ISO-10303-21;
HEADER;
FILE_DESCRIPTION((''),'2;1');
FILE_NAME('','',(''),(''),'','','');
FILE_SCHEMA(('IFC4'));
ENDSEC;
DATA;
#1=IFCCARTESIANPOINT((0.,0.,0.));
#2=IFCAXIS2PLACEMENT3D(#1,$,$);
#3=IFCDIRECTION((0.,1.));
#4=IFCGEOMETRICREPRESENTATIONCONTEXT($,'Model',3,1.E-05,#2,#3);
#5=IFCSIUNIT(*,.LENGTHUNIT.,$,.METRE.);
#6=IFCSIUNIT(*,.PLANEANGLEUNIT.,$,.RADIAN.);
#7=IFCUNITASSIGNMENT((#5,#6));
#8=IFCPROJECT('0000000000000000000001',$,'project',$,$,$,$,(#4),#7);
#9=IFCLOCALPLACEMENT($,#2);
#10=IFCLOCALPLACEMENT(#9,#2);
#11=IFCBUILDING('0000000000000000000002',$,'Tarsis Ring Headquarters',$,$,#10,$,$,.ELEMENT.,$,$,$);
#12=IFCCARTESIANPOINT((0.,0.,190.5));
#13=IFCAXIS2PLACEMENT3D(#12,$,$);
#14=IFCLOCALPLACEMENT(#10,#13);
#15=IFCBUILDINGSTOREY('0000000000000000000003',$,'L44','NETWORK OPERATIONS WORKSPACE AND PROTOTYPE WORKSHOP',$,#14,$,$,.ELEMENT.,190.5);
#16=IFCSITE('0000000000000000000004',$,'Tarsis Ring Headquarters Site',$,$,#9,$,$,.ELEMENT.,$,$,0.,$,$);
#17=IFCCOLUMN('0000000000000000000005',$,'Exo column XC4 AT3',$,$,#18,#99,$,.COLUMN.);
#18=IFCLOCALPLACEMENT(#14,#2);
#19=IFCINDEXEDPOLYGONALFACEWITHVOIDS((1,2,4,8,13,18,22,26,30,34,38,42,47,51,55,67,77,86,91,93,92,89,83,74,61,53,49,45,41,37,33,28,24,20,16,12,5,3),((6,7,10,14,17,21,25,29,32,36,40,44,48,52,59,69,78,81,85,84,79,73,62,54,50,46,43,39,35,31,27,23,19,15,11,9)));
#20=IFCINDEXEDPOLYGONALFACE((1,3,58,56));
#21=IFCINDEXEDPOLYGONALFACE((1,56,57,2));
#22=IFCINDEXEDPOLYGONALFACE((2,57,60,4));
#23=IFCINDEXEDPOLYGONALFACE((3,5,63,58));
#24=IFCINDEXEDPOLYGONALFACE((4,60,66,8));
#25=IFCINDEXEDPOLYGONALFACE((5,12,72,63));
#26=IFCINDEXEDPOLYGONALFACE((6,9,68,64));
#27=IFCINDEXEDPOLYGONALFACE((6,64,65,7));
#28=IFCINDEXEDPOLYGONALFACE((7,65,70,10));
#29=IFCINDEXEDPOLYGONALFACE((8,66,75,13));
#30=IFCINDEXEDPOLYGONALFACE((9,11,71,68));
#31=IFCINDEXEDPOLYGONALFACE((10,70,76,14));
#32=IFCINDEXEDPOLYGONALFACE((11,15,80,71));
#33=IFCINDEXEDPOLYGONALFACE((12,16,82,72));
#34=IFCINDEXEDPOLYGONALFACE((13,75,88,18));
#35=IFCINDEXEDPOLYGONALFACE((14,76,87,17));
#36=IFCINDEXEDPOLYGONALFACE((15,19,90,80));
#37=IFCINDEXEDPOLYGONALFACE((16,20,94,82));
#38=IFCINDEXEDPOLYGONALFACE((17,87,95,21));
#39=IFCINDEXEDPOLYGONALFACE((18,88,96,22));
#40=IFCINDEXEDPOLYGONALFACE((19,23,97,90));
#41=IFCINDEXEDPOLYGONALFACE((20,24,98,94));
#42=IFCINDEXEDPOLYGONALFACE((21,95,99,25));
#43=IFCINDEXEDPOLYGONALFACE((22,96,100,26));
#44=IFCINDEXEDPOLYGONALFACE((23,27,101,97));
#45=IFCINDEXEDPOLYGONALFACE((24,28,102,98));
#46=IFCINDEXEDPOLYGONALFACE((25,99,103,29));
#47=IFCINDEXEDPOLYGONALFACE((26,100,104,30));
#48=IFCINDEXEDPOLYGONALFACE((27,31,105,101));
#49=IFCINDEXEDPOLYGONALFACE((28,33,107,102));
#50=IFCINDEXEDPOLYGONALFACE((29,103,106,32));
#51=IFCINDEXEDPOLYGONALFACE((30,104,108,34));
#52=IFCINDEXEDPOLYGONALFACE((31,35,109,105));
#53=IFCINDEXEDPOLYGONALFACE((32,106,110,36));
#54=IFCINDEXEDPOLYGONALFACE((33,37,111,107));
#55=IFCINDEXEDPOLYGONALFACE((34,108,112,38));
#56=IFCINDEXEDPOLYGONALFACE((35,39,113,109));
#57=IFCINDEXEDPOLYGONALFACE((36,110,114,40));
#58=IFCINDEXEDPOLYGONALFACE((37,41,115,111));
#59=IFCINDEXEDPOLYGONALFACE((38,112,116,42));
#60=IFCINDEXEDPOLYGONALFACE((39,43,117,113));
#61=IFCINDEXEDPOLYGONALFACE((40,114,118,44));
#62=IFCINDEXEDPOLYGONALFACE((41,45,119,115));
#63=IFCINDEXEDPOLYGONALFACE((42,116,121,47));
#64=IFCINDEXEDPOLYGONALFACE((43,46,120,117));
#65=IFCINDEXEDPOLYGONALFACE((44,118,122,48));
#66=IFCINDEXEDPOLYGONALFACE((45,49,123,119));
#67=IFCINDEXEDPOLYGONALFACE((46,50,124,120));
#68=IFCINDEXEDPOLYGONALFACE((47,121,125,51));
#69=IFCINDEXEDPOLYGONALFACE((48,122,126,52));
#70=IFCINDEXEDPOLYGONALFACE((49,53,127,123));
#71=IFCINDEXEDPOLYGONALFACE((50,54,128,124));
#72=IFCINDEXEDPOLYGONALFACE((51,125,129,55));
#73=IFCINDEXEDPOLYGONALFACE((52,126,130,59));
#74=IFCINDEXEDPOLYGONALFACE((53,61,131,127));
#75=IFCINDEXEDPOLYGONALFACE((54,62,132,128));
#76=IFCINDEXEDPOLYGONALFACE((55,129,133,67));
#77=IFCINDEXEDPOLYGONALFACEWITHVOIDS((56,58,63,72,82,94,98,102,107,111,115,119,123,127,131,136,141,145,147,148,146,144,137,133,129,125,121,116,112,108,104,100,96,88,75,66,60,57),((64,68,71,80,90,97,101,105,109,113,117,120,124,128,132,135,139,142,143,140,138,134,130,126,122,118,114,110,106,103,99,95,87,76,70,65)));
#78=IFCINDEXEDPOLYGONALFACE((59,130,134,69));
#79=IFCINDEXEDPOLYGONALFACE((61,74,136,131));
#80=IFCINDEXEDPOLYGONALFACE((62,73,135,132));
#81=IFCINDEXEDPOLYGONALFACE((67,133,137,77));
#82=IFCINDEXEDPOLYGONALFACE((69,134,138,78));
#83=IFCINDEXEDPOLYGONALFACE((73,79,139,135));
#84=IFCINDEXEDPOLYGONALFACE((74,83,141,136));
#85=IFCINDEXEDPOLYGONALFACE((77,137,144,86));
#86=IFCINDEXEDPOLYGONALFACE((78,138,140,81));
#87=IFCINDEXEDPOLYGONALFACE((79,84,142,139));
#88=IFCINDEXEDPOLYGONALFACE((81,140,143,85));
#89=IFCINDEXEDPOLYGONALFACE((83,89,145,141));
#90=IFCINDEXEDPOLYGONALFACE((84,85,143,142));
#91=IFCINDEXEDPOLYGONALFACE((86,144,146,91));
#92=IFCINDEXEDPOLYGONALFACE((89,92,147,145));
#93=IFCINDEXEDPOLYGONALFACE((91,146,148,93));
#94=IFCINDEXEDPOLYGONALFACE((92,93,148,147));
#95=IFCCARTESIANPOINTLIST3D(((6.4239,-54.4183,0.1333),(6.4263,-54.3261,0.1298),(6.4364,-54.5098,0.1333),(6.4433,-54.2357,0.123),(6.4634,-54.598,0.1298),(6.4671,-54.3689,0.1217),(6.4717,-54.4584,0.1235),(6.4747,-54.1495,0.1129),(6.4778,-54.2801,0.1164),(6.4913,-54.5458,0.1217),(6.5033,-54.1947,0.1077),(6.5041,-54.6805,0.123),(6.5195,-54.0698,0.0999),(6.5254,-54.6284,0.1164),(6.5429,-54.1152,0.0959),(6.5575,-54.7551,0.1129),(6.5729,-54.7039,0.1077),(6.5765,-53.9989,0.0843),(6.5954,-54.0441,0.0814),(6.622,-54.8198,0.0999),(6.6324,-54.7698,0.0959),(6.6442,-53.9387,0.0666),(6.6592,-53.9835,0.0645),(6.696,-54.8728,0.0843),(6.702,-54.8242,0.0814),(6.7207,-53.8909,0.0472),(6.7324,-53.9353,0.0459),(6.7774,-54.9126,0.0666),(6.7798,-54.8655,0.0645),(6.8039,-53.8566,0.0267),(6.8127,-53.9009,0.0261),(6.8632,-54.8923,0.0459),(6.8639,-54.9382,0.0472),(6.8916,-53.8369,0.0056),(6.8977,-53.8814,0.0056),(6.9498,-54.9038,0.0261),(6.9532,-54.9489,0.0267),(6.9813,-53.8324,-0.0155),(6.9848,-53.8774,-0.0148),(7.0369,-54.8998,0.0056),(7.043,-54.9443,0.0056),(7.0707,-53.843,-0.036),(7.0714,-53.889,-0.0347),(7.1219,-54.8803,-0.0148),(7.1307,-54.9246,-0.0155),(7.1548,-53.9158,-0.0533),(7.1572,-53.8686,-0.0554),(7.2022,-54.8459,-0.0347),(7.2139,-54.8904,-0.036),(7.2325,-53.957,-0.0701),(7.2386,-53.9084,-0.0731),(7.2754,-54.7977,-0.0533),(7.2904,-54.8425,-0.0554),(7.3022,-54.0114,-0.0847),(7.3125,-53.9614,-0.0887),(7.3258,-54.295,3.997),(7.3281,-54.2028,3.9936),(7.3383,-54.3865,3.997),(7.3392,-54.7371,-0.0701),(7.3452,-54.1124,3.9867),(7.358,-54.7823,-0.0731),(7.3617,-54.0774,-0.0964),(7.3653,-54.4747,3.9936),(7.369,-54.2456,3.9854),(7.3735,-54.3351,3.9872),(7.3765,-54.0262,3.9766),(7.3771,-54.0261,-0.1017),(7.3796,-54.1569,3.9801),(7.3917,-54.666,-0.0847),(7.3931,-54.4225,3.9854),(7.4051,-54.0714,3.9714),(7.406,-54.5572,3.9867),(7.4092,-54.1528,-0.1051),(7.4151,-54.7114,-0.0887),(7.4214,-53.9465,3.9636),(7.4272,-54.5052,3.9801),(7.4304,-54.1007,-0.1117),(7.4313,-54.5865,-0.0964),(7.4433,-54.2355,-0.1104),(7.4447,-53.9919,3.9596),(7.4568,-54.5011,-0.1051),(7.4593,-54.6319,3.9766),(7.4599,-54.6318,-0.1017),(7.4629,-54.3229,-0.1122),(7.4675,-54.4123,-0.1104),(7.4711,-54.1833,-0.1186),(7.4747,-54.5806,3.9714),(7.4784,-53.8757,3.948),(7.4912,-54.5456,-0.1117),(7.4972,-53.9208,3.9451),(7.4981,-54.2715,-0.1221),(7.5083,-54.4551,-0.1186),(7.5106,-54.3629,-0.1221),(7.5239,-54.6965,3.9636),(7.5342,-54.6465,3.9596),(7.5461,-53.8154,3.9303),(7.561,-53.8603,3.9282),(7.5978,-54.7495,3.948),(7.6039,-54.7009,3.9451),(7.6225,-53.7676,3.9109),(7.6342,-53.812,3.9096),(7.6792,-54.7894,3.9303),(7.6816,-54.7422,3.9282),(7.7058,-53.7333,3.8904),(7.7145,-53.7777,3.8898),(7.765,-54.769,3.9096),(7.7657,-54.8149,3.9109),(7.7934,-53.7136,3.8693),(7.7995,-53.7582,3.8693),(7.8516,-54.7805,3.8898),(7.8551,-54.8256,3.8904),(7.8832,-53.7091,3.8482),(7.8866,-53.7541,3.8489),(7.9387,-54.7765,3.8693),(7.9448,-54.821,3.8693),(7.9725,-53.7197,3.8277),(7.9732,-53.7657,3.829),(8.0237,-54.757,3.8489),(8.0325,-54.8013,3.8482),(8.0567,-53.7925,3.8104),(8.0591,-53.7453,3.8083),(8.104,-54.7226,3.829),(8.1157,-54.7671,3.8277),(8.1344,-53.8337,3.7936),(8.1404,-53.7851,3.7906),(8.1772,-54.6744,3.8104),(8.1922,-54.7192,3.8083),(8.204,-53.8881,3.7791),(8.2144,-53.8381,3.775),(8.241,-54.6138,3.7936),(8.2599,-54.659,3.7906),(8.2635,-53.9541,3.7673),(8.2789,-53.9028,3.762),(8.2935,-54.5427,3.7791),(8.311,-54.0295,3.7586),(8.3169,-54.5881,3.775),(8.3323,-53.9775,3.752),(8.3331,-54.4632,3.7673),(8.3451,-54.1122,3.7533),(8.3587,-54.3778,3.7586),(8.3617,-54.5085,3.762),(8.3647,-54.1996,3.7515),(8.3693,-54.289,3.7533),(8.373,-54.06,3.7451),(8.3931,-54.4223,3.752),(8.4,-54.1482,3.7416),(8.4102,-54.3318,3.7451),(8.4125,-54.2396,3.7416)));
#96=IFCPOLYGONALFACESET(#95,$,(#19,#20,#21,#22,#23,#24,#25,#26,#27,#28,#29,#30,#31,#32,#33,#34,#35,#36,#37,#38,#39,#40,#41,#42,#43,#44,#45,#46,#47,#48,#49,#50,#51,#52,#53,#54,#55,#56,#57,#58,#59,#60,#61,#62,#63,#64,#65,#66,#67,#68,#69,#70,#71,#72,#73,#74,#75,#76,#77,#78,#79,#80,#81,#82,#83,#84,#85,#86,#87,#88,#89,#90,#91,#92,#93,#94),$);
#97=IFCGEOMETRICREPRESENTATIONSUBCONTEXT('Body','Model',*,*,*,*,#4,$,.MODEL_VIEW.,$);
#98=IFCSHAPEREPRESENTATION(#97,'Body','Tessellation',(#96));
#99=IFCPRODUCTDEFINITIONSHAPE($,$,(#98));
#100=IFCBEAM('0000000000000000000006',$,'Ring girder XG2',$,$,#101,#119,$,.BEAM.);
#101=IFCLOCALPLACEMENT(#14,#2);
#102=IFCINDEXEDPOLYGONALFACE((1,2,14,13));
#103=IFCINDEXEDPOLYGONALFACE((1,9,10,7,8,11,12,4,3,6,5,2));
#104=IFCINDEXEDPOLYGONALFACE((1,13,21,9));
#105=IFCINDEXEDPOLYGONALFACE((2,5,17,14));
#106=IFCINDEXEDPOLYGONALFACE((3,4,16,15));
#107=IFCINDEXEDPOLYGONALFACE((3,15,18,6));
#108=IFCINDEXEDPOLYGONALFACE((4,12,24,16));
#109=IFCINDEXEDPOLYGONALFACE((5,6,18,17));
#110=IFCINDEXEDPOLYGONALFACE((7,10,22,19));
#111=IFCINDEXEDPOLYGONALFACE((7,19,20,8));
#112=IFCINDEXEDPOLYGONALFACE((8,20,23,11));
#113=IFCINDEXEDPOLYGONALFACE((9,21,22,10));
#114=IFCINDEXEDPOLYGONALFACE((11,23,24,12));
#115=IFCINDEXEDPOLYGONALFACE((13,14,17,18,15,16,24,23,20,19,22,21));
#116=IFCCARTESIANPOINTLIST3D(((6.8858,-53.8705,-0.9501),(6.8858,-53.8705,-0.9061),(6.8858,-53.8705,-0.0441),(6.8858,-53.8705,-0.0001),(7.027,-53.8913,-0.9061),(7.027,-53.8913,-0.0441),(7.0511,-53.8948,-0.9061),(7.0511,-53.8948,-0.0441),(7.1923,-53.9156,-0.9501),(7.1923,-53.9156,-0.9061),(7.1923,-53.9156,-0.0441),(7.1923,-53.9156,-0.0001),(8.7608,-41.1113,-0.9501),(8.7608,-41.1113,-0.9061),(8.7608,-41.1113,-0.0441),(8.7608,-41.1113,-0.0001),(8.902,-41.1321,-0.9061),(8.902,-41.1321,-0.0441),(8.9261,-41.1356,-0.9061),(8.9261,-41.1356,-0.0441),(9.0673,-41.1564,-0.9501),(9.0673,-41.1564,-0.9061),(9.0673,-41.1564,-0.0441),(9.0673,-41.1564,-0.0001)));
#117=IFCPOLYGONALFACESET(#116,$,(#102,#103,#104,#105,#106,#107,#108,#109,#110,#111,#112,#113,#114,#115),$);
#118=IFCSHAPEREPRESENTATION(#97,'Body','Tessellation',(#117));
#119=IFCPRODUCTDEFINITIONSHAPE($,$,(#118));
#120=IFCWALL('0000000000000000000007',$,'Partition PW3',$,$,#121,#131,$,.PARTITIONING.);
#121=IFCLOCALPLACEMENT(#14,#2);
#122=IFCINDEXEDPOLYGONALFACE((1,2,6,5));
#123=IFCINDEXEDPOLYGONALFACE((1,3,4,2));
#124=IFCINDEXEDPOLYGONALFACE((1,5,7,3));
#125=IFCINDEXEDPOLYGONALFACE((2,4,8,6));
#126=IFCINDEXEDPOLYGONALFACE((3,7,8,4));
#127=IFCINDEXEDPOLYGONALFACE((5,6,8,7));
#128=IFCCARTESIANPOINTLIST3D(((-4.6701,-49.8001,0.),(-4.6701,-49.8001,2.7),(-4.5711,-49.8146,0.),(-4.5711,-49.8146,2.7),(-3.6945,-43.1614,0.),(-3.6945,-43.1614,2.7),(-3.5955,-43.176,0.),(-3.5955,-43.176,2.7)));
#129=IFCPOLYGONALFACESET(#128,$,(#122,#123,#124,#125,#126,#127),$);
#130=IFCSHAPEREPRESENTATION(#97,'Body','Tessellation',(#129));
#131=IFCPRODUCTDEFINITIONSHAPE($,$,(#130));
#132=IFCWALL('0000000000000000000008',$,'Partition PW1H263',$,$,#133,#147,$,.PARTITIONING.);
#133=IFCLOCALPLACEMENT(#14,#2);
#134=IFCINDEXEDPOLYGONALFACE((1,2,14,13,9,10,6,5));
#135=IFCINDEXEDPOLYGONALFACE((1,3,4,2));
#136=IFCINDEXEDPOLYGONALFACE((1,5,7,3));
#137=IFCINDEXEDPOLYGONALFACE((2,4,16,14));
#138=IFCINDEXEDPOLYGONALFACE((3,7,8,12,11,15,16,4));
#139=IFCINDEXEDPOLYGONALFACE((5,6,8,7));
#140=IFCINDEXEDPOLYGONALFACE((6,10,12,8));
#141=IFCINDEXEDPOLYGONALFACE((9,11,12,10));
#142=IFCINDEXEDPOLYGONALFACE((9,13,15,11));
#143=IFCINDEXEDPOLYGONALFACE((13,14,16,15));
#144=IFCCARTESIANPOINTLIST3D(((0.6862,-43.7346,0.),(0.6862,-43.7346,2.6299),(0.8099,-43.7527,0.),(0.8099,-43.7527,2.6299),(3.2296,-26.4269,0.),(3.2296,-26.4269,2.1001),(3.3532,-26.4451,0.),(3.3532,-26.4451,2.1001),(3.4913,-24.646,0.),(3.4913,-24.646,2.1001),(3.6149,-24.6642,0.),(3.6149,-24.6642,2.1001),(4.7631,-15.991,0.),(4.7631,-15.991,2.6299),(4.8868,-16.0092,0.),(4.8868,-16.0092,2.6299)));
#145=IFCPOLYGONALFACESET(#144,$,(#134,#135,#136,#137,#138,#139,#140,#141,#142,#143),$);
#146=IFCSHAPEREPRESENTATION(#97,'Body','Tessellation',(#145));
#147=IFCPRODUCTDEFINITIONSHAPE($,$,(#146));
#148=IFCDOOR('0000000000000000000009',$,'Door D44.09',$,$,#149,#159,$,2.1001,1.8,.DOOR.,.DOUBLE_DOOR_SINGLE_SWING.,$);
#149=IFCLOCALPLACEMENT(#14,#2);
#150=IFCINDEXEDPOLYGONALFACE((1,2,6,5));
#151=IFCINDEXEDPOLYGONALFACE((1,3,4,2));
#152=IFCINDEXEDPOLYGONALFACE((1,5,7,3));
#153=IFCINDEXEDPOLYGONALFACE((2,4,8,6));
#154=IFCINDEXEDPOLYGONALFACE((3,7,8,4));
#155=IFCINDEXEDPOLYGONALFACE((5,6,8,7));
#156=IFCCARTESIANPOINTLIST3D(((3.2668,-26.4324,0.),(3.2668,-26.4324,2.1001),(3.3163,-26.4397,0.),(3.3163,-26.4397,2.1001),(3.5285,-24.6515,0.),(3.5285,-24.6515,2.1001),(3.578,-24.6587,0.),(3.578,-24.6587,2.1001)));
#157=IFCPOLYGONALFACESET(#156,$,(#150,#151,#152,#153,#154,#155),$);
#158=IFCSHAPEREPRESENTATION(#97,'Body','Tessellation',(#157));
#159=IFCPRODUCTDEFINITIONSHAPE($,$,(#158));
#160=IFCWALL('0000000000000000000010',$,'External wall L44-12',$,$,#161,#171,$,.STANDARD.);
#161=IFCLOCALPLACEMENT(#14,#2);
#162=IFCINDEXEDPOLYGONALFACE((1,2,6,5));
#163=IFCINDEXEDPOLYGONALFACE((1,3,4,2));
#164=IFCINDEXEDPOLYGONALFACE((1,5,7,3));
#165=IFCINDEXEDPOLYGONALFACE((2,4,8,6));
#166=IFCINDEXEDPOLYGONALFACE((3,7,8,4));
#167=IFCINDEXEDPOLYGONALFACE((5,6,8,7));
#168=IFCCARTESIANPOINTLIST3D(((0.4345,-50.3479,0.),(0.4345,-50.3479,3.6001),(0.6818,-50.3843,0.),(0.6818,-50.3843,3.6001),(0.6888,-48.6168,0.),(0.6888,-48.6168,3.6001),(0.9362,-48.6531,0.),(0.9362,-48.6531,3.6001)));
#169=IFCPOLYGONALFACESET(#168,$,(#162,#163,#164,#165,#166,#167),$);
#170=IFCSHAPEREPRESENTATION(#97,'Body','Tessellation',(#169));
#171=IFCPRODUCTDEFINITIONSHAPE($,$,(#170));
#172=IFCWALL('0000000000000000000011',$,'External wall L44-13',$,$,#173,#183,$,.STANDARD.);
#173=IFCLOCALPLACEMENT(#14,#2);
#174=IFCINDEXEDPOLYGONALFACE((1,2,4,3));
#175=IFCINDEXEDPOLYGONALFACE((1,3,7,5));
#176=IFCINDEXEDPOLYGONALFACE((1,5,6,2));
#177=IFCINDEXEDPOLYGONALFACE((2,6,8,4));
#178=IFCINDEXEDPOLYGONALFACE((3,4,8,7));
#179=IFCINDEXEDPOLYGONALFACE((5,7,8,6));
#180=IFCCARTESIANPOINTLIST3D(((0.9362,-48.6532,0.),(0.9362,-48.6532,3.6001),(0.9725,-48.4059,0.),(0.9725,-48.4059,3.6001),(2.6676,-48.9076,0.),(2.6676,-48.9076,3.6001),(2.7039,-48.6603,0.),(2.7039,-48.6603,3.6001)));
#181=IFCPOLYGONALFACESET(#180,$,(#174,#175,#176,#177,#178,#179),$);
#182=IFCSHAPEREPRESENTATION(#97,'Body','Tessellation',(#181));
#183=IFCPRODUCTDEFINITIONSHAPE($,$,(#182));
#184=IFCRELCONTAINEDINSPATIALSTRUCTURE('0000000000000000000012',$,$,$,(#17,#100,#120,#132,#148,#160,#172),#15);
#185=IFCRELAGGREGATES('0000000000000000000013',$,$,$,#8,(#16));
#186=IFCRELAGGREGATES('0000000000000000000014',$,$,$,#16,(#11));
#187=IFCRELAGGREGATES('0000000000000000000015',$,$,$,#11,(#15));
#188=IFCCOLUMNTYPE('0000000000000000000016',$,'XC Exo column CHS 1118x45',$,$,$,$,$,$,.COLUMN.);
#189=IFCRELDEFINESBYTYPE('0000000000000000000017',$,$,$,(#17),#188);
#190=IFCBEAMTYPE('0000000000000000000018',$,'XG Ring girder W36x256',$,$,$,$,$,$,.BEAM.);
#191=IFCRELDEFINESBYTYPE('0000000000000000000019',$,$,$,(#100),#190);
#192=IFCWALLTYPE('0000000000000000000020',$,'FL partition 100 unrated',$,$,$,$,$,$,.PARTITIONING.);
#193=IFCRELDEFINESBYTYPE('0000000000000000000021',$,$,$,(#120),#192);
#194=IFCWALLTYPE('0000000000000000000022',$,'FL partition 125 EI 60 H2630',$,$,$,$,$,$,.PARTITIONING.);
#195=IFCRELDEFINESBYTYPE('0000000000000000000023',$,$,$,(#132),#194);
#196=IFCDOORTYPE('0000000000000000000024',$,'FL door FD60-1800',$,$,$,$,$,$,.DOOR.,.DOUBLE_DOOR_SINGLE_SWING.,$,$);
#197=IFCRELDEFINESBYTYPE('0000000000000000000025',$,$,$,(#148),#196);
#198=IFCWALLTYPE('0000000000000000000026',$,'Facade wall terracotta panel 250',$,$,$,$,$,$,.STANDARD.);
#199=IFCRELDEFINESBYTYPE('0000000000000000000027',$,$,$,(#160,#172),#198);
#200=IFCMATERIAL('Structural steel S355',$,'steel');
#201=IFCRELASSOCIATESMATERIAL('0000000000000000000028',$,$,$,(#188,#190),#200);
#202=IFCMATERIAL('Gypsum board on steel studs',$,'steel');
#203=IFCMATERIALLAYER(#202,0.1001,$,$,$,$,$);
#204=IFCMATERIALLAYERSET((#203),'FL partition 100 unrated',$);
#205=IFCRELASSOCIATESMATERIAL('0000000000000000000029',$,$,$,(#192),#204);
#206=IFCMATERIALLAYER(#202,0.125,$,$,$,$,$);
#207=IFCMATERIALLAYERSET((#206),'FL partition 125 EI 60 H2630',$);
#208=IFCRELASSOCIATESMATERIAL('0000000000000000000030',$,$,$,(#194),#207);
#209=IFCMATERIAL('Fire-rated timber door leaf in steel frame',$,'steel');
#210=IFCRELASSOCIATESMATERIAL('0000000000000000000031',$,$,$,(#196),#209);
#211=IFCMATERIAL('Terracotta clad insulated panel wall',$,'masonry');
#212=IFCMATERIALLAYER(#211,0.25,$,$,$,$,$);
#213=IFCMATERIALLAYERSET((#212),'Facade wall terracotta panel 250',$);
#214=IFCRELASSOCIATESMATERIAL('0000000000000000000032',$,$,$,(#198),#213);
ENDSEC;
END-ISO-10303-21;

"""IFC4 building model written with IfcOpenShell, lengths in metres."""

from ifc_helpers import new_model, si_unit, direction, frame, frame_2d, origin, origin_2d, place, context, subcontext, project, spatial, rectangle, hollow_circle, i_section, extrude, material, layer, layer_set, material_profile, profile_set, type_object, element, fill, save


model = new_model("IFC4")

# Units and contexts
model_context = context("Model", 3, precision=1e-05, world=origin(), true_north=direction((0.0, 1.0)))
body_context = subcontext(model_context, "Body", "Model", "MODEL_VIEW")
ifc_project = project(units=[si_unit("LENGTHUNIT", "METRE"), si_unit("PLANEANGLEUNIT", "RADIAN")], contexts=[model_context])

# Site, building, storey
site_placement = place(None, origin())
site = spatial("IfcSite", under=ifc_project, at=site_placement, Name="Tarsis Ring Headquarters Site", CompositionType="ELEMENT", RefElevation=0.0)
building_placement = place(site_placement, origin())
building = spatial("IfcBuilding", under=site, at=building_placement, Name="Tarsis Ring Headquarters", CompositionType="ELEMENT")
storey_placement = place(building_placement, frame((0.0, 0.0, 190.5)))
storey = spatial("IfcBuildingStorey", under=building, at=storey_placement, Name="L44", Description="NETWORK OPERATIONS WORKSPACE AND PROTOTYPE WORKSHOP", CompositionType="ELEMENT", Elevation=190.5)

# Column
ifc_material_1 = material(Name="Structural steel S355", Category="steel")
ifc_material_profile_1 = material_profile(ifc_material_1, hollow_circle(Radius=0.5588, WallThickness=0.0449, at=origin_2d()), Name="CHS 1118x45")
ifc_profile_set_1 = profile_set([ifc_material_profile_1], Name="Structural steel S355")
column_type = type_object("IfcColumnType", Name="XC Exo column CHS 1118x45", PredefinedType="COLUMN", material=ifc_profile_set_1)
column_placement = place(storey_placement, frame((6.9673, -54.3906, 0.0056), z_axis=(0.227194, 0.031059, 0.973354), x_axis=(-0.135448, 0.990784, 0.0)))
element("IfcColumn", 1, at=column_placement, inside=storey, type_object=column_type, Name="Exo column XC4 AT3", PredefinedType="COLUMN", context=body_context, shape_type="SweptSolid", body=[
    extrude(hollow_circle(Radius=0.5588, WallThickness=0.0449, at=origin_2d()), origin(), (0.0, 0.0, 1.0), 3.9695),
])

# Beam
ifc_material_profile_2 = material_profile(ifc_material_1, i_section(OverallWidth=0.3098, OverallDepth=0.95, WebThickness=0.0244, FlangeThickness=0.0439, at=origin_2d()), Name="W36x256")
ifc_profile_set_2 = profile_set([ifc_material_profile_2], Name="Structural steel S355")
beam_type = type_object("IfcBeamType", Name="XG Ring girder W36x256", PredefinedType="BEAM", material=ifc_profile_set_2)
beam_placement = place(storey_placement, frame((7.0391, -53.8931, -0.4751), z_axis=(0.14539, 0.989374, 0.0), x_axis=(-0.989374, 0.14539, 0.0)))
element("IfcBeam", 2, at=beam_placement, inside=storey, type_object=beam_type, Name="Ring girder XG2", PredefinedType="BEAM", context=body_context, shape_type="SweptSolid", body=[
    extrude(i_section(OverallWidth=0.3098, OverallDepth=0.95, WebThickness=0.0244, FlangeThickness=0.0439, at=origin_2d()), origin(), (0.0, 0.0, 1.0), 12.8962),
])

# Wall
ifc_material_2 = material(Name="Gypsum board on steel studs", Category="steel")
ifc_layer_1 = layer(ifc_material_2, 0.1001)
ifc_layer_set_1 = layer_set([ifc_layer_1], Name="FL partition 100 unrated")
wall_type_1 = type_object("IfcWallType", Name="FL partition 100 unrated", PredefinedType="PARTITIONING", material=ifc_layer_set_1)
wall_1_placement = place(storey_placement, frame((-4.6206, -49.8074, 0.0), z_axis=(0.0, 0.0, 1.0), x_axis=(0.145393, 0.989374, 0.0)))
element("IfcWall", 3, at=wall_1_placement, inside=storey, type_object=wall_type_1, Name="Partition PW3", PredefinedType="PARTITIONING", context=body_context, shape_type="SweptSolid", body=[
    extrude(rectangle(XDim=6.71, YDim=0.1001, at=frame_2d((3.355, 0.0))), origin(), (0.0, 0.0, 1.0), 2.7),
])

# Wall, opening, door
ifc_layer_2 = layer(ifc_material_2, 0.125)
ifc_layer_set_2 = layer_set([ifc_layer_2], Name="FL partition 125 EI 60 H2630")
wall_type_2 = type_object("IfcWallType", Name="FL partition 125 EI 60 H2630", PredefinedType="PARTITIONING", material=ifc_layer_set_2)
wall_2_placement = place(storey_placement, frame((0.748, -43.7437, 0.0), z_axis=(0.0, 0.0, 1.0), x_axis=(0.145388, 0.989375, 0.0)))
wall_2 = element("IfcWall", 4, at=wall_2_placement, inside=storey, type_object=wall_type_2, Name="Partition PW1H263", PredefinedType="PARTITIONING", context=body_context, shape_type="SweptSolid", body=[
    extrude(rectangle(XDim=28.0415, YDim=0.125, at=frame_2d((14.0208, 0.0))), origin(), (0.0, 0.0, 1.0), 2.6299),
])
opening_1_placement = place(wall_2_placement, frame((17.4937, 0.0, 0.0)))
opening_1 = element("IfcOpeningElement", 5, at=opening_1_placement, cuts=wall_2, PredefinedType="OPENING", context=body_context, shape_type="SweptSolid", body=[
    extrude(rectangle(XDim=1.8, YDim=2.1001, at=frame_2d((0.8999, 1.05))), frame((0.0, 0.0725, 0.0), z_axis=(0.0, -1.0, 0.0), x_axis=(1.0, 0.0, 0.0)), (0.0, 0.0, 1.0), 0.145),
])
ifc_material_3 = material(Name="Fire-rated timber door leaf in steel frame", Category="steel")
door_type = type_object("IfcDoorType", Name="FL door FD60-1800", OperationType="DOUBLE_DOOR_SINGLE_SWING", PredefinedType="DOOR", material=ifc_material_3)
door_placement = place(opening_1_placement, origin())
door = element("IfcDoor", 6, at=door_placement, inside=storey, type_object=door_type, Name="Door D44.09", OperationType="DOUBLE_DOOR_SINGLE_SWING", OverallHeight=2.1001, OverallWidth=1.8, PredefinedType="DOOR", context=body_context, shape_type="SweptSolid", body=[
    extrude(rectangle(XDim=1.8, YDim=2.1001, at=frame_2d((0.8999, 1.05))), frame((0.0, 0.0249, 0.0), z_axis=(0.0, -1.0, 0.0), x_axis=(1.0, 0.0, 0.0)), (0.0, 0.0, 1.0), 0.05),
])
fill(opening_1, door)

# Walls
ifc_material_4 = material(Name="Terracotta clad insulated panel wall", Category="masonry")
ifc_layer_3 = layer(ifc_material_4, 0.25)
ifc_layer_set_3 = layer_set([ifc_layer_3], Name="Facade wall terracotta panel 250")
wall_type_3 = type_object("IfcWallType", Name="Facade wall terracotta panel 250", PredefinedType="STANDARD", material=ifc_layer_set_3)
wall_3_placement = place(storey_placement, frame((0.5581, -50.3662, 0.0), z_axis=(0.0, 0.0, 1.0), x_axis=(0.145386, 0.989375, 0.0)))
element("IfcWall", 7, at=wall_3_placement, inside=storey, type_object=wall_type_3, Name="External wall L44-12", PredefinedType="STANDARD", context=body_context, shape_type="SweptSolid", body=[
    extrude(rectangle(XDim=1.7498, YDim=0.25, at=frame_2d((0.875, 0.0))), origin(), (0.0, 0.0, 1.0), 3.6001),
])
for number, where, z_axis, x_axis, name in (
    (8, (0.9543, -48.5295, 0.0), (0.0, 0.0, 1.0), (0.989378, -0.145365, 0.0), "External wall L44-13"),
):
    element("IfcWall", number, at=place(storey_placement, frame(where, z_axis=z_axis, x_axis=x_axis)), inside=storey, type_object=wall_type_3, Name=name, PredefinedType="STANDARD", context=body_context, shape_type="SweptSolid", body=[
        extrude(rectangle(XDim=1.75, YDim=0.25, at=frame_2d((0.875, 0.0))), origin(), (0.0, 0.0, 1.0), 3.6001),
    ])

save(model, "model.ifc")
